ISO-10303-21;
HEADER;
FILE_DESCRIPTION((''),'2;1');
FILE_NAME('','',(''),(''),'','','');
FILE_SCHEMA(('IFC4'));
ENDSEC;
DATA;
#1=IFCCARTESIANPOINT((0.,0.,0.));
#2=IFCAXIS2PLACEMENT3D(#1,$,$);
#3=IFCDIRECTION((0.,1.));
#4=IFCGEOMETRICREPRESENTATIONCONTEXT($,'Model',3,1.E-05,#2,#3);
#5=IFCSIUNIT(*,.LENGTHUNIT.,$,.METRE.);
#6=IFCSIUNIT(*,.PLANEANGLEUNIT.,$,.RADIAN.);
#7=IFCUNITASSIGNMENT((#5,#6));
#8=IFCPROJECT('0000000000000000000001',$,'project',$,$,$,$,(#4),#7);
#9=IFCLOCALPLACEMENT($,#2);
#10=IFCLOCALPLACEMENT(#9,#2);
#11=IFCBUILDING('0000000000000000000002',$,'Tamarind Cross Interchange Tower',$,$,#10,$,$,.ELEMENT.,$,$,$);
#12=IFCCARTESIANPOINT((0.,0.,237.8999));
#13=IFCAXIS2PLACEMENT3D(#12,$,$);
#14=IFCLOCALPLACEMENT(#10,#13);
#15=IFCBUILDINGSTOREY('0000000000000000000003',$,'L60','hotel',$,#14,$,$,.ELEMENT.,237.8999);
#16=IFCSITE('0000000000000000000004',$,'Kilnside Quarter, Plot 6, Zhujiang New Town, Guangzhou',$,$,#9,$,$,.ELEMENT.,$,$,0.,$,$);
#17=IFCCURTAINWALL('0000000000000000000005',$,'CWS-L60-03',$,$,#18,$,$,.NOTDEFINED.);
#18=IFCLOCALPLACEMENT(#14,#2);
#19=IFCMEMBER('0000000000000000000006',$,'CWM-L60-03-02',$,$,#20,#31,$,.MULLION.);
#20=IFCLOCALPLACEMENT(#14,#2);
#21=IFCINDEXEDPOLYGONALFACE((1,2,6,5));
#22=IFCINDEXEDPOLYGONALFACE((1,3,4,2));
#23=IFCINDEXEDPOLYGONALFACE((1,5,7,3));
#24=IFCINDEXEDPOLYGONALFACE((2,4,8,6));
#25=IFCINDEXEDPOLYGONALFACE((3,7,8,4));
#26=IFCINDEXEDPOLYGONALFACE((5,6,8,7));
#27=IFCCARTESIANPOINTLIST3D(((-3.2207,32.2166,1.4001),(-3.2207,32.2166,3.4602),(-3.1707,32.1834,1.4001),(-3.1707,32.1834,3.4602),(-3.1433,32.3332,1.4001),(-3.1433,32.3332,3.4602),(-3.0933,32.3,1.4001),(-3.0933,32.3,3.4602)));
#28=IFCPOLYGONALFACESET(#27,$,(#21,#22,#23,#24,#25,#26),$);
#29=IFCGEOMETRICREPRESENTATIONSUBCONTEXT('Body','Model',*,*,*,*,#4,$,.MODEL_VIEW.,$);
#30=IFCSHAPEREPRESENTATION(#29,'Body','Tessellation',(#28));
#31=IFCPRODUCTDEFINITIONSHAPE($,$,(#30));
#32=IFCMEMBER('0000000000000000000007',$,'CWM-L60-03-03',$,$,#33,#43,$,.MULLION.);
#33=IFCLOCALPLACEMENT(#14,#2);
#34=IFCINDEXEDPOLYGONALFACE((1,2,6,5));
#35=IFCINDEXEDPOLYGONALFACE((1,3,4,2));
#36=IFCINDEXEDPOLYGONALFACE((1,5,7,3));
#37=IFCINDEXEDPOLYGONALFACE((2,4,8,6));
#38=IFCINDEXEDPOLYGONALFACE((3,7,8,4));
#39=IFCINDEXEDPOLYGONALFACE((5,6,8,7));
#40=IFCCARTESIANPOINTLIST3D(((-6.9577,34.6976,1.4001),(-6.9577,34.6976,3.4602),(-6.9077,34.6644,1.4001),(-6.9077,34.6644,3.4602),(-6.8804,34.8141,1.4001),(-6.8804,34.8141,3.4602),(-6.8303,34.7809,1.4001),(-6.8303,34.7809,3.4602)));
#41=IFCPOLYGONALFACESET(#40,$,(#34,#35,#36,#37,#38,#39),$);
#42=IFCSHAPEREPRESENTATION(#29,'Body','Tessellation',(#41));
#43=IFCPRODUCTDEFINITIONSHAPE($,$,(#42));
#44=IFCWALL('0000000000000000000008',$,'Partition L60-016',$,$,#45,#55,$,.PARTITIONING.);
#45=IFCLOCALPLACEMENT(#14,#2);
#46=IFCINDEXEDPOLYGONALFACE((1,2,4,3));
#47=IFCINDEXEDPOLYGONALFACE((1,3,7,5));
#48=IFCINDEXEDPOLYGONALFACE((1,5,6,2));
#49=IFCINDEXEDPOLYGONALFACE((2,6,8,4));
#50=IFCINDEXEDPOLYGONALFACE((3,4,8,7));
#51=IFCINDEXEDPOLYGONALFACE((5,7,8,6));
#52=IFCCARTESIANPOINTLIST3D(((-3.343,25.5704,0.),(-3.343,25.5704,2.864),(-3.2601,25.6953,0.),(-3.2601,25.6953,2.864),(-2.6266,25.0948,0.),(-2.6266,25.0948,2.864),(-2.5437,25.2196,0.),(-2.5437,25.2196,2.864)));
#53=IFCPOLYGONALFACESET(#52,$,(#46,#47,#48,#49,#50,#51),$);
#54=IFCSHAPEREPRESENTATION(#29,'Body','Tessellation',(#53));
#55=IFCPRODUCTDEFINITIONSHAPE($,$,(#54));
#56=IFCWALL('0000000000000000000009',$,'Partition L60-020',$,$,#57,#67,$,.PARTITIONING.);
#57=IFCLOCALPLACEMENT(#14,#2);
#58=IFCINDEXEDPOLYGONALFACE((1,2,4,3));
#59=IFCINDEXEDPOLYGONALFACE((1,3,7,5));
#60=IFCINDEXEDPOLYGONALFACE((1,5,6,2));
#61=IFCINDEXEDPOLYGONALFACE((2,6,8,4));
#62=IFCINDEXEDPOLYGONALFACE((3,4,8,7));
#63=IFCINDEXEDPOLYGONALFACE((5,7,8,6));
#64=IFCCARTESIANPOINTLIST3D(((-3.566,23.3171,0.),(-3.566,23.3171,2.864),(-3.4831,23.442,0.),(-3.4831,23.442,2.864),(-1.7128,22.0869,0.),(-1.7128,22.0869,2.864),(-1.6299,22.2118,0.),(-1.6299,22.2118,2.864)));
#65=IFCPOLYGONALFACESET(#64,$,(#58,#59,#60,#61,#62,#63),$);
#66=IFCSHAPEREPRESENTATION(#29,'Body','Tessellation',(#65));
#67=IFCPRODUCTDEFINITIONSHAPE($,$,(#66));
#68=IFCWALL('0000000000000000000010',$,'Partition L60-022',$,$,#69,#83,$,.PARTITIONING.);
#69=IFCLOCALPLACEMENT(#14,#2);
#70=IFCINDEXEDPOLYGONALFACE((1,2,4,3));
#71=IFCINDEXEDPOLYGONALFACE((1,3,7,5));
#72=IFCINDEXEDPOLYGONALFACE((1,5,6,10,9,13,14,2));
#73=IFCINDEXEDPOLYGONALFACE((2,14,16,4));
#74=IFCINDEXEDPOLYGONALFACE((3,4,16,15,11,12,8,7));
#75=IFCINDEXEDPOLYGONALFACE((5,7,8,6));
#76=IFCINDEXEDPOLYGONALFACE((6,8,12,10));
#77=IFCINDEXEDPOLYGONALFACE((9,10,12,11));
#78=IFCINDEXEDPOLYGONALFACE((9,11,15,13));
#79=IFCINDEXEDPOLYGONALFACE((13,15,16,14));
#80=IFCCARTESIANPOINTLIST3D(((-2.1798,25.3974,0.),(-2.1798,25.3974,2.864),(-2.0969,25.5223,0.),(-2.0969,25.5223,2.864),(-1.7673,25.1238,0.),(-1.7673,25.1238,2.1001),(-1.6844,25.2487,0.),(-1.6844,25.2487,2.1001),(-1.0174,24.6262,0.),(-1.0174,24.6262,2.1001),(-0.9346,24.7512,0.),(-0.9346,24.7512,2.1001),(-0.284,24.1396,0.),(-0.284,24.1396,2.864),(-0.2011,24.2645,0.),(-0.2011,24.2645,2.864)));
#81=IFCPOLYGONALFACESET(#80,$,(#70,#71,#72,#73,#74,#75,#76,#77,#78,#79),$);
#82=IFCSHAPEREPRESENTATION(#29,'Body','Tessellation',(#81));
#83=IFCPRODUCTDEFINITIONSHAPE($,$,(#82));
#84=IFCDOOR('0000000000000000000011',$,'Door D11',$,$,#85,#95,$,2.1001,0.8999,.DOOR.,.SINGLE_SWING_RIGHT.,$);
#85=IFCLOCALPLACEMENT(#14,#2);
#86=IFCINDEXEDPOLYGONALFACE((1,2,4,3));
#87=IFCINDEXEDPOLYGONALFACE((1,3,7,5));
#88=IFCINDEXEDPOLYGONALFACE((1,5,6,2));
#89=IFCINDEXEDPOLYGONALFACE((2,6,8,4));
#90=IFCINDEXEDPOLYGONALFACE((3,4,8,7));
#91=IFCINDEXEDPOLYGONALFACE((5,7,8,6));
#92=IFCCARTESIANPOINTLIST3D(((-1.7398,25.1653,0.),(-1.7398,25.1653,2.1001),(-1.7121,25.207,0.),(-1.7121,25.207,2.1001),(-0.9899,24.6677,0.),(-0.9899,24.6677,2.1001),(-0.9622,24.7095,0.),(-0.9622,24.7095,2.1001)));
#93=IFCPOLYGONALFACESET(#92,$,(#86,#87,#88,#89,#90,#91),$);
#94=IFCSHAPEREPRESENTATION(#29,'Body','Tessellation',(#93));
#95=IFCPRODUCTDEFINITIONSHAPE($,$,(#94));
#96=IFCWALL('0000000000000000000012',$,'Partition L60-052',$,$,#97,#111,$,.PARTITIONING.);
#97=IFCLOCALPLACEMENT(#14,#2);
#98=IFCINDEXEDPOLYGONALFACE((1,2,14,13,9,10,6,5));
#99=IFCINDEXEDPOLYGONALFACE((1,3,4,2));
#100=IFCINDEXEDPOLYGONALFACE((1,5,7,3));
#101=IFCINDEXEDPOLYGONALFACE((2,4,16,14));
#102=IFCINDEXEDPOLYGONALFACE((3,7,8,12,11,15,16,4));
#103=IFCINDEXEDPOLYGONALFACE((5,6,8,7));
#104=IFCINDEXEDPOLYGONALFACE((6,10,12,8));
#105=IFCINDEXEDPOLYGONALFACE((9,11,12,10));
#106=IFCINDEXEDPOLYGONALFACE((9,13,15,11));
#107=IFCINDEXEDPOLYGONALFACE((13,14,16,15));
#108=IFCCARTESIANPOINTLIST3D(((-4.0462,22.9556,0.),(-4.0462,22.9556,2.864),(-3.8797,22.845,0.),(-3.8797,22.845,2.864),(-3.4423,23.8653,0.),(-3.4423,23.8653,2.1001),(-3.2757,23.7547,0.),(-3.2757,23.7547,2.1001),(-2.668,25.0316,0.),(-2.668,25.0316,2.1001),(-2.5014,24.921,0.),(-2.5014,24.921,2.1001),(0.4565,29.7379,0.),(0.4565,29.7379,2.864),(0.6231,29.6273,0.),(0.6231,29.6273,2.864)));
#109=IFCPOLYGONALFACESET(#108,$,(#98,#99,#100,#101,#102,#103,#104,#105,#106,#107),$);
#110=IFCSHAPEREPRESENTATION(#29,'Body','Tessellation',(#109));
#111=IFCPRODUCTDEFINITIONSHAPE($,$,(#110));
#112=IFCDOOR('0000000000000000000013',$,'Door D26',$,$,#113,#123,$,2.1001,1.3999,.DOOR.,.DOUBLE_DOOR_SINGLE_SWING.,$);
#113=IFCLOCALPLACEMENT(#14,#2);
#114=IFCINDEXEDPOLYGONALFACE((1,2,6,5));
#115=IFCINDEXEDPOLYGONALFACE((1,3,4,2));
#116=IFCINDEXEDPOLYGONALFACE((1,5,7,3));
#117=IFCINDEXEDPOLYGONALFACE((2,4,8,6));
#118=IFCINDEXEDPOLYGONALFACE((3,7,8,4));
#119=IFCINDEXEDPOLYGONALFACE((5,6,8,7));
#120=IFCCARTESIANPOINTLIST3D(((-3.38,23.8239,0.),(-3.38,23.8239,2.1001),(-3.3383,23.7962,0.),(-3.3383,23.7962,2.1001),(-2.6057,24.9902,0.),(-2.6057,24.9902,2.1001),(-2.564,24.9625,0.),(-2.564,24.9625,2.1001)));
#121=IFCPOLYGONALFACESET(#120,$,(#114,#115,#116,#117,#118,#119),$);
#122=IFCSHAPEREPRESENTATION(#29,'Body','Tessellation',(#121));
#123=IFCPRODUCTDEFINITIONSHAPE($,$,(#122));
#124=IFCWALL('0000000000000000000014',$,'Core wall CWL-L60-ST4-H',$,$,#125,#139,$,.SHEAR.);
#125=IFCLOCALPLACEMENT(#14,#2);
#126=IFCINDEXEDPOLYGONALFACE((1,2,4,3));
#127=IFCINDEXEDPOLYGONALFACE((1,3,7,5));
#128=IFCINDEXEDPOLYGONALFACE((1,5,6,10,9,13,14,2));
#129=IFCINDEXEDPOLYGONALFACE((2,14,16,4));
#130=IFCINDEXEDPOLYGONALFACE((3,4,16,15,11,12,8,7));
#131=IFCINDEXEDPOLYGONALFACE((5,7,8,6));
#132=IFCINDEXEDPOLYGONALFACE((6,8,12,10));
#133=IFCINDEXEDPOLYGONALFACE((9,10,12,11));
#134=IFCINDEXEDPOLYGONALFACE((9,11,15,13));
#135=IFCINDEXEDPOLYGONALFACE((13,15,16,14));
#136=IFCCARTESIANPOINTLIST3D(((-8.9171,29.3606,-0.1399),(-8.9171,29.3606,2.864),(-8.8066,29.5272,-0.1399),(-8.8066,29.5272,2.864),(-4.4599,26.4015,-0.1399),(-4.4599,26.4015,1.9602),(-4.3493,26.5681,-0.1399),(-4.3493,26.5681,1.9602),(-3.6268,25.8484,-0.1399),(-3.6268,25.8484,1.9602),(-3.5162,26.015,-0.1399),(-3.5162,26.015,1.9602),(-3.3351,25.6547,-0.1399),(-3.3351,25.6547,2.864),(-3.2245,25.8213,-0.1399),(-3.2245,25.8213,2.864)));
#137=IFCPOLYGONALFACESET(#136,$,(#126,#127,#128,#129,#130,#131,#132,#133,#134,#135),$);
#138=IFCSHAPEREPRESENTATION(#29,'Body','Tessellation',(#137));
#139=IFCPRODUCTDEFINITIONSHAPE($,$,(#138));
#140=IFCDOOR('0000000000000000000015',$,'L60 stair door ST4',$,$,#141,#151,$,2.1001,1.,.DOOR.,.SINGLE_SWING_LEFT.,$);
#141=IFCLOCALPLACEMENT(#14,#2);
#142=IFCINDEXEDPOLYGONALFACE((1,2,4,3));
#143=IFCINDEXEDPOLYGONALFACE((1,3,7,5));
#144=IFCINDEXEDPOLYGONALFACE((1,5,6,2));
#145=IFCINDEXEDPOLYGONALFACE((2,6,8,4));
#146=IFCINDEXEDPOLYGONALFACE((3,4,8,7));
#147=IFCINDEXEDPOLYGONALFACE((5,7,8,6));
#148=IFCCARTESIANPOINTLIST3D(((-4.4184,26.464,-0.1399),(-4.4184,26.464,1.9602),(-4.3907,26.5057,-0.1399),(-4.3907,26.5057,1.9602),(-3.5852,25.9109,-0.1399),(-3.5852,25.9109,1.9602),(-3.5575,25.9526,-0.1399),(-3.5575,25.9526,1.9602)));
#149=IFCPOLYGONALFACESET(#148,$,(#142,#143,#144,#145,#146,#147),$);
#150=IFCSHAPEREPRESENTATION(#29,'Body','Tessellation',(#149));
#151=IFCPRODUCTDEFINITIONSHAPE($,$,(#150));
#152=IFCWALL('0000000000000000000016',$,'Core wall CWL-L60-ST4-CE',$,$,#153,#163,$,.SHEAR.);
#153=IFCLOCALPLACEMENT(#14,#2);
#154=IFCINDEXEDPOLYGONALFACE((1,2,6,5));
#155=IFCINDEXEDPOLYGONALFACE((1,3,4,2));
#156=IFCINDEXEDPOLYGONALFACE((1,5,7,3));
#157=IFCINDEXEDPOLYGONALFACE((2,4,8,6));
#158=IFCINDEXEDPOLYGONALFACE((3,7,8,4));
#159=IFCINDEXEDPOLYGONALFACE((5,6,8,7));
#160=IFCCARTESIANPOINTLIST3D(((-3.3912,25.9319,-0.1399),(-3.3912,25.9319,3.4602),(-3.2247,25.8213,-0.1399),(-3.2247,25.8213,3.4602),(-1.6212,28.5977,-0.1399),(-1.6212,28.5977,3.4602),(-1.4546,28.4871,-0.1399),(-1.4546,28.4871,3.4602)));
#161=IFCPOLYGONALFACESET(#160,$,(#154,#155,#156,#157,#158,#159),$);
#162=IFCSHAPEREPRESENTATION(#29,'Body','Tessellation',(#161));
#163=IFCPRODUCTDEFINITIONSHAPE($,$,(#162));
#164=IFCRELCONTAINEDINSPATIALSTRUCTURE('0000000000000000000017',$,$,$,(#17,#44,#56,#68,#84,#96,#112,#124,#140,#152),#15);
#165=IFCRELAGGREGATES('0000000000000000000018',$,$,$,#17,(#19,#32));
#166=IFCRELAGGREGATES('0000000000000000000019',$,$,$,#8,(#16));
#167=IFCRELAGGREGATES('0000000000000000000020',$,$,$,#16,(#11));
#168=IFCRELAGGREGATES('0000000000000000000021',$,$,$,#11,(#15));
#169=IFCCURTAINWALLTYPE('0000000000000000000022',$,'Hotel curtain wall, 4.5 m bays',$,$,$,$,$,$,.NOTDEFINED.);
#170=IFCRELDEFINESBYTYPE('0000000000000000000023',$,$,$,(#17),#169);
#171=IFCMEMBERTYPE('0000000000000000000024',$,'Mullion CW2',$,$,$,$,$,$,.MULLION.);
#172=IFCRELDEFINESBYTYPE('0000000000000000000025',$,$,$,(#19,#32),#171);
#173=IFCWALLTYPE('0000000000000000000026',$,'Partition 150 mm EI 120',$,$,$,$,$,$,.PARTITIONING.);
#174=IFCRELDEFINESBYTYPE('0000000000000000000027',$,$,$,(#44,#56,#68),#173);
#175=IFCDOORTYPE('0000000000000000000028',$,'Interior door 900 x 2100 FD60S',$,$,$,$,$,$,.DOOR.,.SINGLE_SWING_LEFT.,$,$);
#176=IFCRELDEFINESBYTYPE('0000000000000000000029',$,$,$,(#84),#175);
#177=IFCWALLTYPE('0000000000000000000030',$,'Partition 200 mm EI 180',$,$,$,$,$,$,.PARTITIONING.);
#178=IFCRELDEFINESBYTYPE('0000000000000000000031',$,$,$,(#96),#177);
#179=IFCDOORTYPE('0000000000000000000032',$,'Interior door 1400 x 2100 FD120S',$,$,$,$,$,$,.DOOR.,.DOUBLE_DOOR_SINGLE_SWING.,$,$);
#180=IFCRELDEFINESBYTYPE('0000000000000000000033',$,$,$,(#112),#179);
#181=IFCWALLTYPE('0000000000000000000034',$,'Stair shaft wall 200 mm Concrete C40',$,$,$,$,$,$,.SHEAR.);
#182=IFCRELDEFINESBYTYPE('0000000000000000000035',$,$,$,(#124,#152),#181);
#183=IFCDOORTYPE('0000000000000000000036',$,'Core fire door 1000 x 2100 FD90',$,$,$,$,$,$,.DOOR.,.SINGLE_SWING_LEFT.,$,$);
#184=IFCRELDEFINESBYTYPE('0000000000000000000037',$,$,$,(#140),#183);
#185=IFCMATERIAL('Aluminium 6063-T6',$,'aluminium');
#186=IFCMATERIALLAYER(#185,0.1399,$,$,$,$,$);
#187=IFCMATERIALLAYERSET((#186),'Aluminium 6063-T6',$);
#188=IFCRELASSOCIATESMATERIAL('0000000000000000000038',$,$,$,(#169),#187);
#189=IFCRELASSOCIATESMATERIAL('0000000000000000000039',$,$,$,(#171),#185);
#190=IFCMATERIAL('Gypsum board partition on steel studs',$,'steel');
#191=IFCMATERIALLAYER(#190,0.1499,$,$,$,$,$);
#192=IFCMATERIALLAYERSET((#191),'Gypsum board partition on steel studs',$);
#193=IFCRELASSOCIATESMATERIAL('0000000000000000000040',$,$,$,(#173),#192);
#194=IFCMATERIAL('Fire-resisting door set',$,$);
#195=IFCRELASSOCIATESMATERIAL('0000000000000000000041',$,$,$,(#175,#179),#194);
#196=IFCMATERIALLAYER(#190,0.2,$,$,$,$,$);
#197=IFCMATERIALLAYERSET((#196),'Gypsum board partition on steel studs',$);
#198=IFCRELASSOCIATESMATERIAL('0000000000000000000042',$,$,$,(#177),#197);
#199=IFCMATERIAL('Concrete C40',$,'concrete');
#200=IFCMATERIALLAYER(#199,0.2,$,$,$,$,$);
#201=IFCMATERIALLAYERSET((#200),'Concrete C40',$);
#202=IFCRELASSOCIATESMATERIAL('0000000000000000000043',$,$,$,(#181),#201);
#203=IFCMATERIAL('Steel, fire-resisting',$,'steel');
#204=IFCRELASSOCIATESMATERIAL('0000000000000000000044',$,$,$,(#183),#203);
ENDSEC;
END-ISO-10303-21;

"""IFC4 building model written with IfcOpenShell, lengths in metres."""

from ifc_helpers import new_model, si_unit, direction, frame, frame_2d, origin, origin_2d, place, context, subcontext, project, spatial, rectangle, extrude, material, layer, layer_set, material_profile, profile_set, type_object, element, fill, aggregate, save


model = new_model("IFC4")

# Units and contexts
model_context = context("Model", 3, precision=1e-05, world=origin(), true_north=direction((0.0, 1.0)))
body_context = subcontext(model_context, "Body", "Model", "MODEL_VIEW")
ifc_project = project(units=[si_unit("LENGTHUNIT", "METRE"), si_unit("PLANEANGLEUNIT", "RADIAN")], contexts=[model_context])

# Site, building, storey
site_placement = place(None, origin())
site = spatial("IfcSite", under=ifc_project, at=site_placement, Name="Kilnside Quarter, Plot 6, Zhujiang New Town, Guangzhou", CompositionType="ELEMENT", RefElevation=0.0)
building_placement = place(site_placement, origin())
building = spatial("IfcBuilding", under=site, at=building_placement, Name="Tamarind Cross Interchange Tower", CompositionType="ELEMENT")
storey_placement = place(building_placement, frame((0.0, 0.0, 237.8999)))
storey = spatial("IfcBuildingStorey", under=building, at=storey_placement, Name="L60", Description="hotel", CompositionType="ELEMENT", Elevation=237.8999)

# Curtain wall, members
ifc_material_1 = material(Name="Aluminium 6063-T6", Category="aluminium")
ifc_layer_1 = layer(ifc_material_1, 0.1399)
ifc_layer_set_1 = layer_set([ifc_layer_1], Name="Aluminium 6063-T6")
curtain_wall_type = type_object("IfcCurtainWallType", Name="Hotel curtain wall, 4.5 m bays", PredefinedType="NOTDEFINED", material=ifc_layer_set_1)
curtain_wall_placement = place(storey_placement, origin())
curtain_wall = element("IfcCurtainWall", 1, at=curtain_wall_placement, inside=storey, type_object=curtain_wall_type, Name="CWS-L60-03", PredefinedType="NOTDEFINED")
ifc_material_profile_1 = material_profile(ifc_material_1, rectangle(XDim=0.0601, YDim=0.1399, at=origin_2d()), Name="Mullion CW2")
ifc_profile_set_1 = profile_set([ifc_material_profile_1], Name="Aluminium 6063-T6")
member_type = type_object("IfcMemberType", Name="Mullion CW2", PredefinedType="MULLION", material=ifc_profile_set_1)
member_1_placement = place(storey_placement, frame((-3.157, 32.2583, 1.4001), z_axis=(0.0, 0.0, 1.0), x_axis=(-0.833107, 0.553112, 0.0)))
member_1 = element("IfcMember", 2, at=member_1_placement, type_object=member_type, Name="CWM-L60-03-02", PredefinedType="MULLION", context=body_context, shape_type="SweptSolid", body=[
    extrude(rectangle(XDim=0.0601, YDim=0.1399, at=origin_2d()), origin(), (0.0, 0.0, 1.0), 2.0601),
])
member_2_placement = place(storey_placement, frame((-6.894, 34.7393, 1.4001), z_axis=(0.0, 0.0, 1.0), x_axis=(-0.833107, 0.553112, 0.0)))
member_2 = element("IfcMember", 3, at=member_2_placement, type_object=member_type, Name="CWM-L60-03-03", PredefinedType="MULLION", context=body_context, shape_type="SweptSolid", body=[
    extrude(rectangle(XDim=0.0601, YDim=0.1399, at=origin_2d()), origin(), (0.0, 0.0, 1.0), 2.0601),
])
aggregate(curtain_wall, [member_1, member_2])

# Walls
ifc_material_2 = material(Name="Gypsum board partition on steel studs", Category="steel")
ifc_layer_2 = layer(ifc_material_2, 0.1499)
ifc_layer_set_2 = layer_set([ifc_layer_2], Name="Gypsum board partition on steel studs")
wall_type_1 = type_object("IfcWallType", Name="Partition 150 mm EI 120", PredefinedType="PARTITIONING", material=ifc_layer_set_2)
wall_1_placement = place(storey_placement, frame((-3.3015, 25.6328, 0.0), z_axis=(0.0, 0.0, 1.0), x_axis=(0.833097, -0.553127, 0.0)))
element("IfcWall", 4, at=wall_1_placement, inside=storey, type_object=wall_type_1, Name="Partition L60-016", PredefinedType="PARTITIONING", context=body_context, shape_type="SweptSolid", body=[
    extrude(rectangle(XDim=0.8599, YDim=0.1499, at=frame_2d((0.4299, 0.0))), origin(), (0.0, 0.0, 1.0), 2.864),
])
wall_2_placement = place(storey_placement, frame((-3.5247, 23.3796, 0.0), z_axis=(0.0, 0.0, 1.0), x_axis=(0.833146, -0.553053, 0.0)))
element("IfcWall", 5, at=wall_2_placement, inside=storey, type_object=wall_type_1, Name="Partition L60-020", PredefinedType="PARTITIONING", context=body_context, shape_type="SweptSolid", body=[
    extrude(rectangle(XDim=2.2244, YDim=0.1499, at=frame_2d((1.1123, 0.0))), origin(), (0.0, 0.0, 1.0), 2.864),
])

# Walls, openings, doors
wall_3_placement = place(storey_placement, frame((-2.1384, 25.46, 0.0), z_axis=(0.0, 0.0, 1.0), x_axis=(0.83327, -0.552866, 0.0)))
wall_3 = element("IfcWall", 6, at=wall_3_placement, inside=storey, type_object=wall_type_1, Name="Partition L60-022", PredefinedType="PARTITIONING", context=body_context, shape_type="SweptSolid", body=[
    extrude(rectangle(XDim=2.2751, YDim=0.1499, at=frame_2d((1.1377, 0.0))), origin(), (0.0, 0.0, 1.0), 2.864),
])
opening_1_placement = place(wall_3_placement, frame((0.4951, 0.0, 0.0)))
opening_1 = element("IfcOpeningElement", 7, at=opening_1_placement, cuts=wall_3, PredefinedType="OPENING", context=body_context, shape_type="SweptSolid", body=[
    extrude(rectangle(XDim=0.8999, YDim=2.1001, at=frame_2d((0.45, 1.05))), frame((0.0, 0.085, 0.0), z_axis=(0.0, -1.0, 0.0), x_axis=(1.0, 0.0, 0.0)), (0.0, 0.0, 1.0), 0.1699),
])
ifc_material_3 = material(Name="Fire-resisting door set")
door_type_1 = type_object("IfcDoorType", Name="Interior door 900 x 2100 FD60S", OperationType="SINGLE_SWING_LEFT", PredefinedType="DOOR", material=ifc_material_3)
door_1_placement = place(opening_1_placement, origin())
door_1 = element("IfcDoor", 8, at=door_1_placement, inside=storey, type_object=door_type_1, Name="Door D11", OperationType="SINGLE_SWING_RIGHT", OverallHeight=2.1001, OverallWidth=0.8999, PredefinedType="DOOR", context=body_context, shape_type="SweptSolid", body=[
    extrude(rectangle(XDim=0.8999, YDim=2.1001, at=frame_2d((0.45, 1.05))), frame((0.0, 0.0249, 0.0), z_axis=(0.0, -1.0, 0.0), x_axis=(1.0, 0.0, 0.0)), (0.0, 0.0, 1.0), 0.05),
])
fill(opening_1, door_1)
ifc_layer_3 = layer(ifc_material_2, 0.2)
ifc_layer_set_3 = layer_set([ifc_layer_3], Name="Gypsum board partition on steel studs")
wall_type_2 = type_object("IfcWallType", Name="Partition 200 mm EI 180", PredefinedType="PARTITIONING", material=ifc_layer_set_3)
wall_4_placement = place(storey_placement, frame((-3.9629, 22.9004, 0.0), z_axis=(0.0, 0.0, 1.0), x_axis=(0.5531, 0.833115, 0.0)))
wall_4 = element("IfcWall", 9, at=wall_4_placement, inside=storey, type_object=wall_type_2, Name="Partition L60-052", PredefinedType="PARTITIONING", context=body_context, shape_type="SweptSolid", body=[
    extrude(rectangle(XDim=8.1409, YDim=0.2, at=frame_2d((4.0703, 0.0))), origin(), (0.0, 0.0, 1.0), 2.864),
])
opening_2_placement = place(wall_4_placement, frame((1.0918, 0.0, 0.0)))
opening_2 = element("IfcOpeningElement", 10, at=opening_2_placement, cuts=wall_4, PredefinedType="OPENING", context=body_context, shape_type="SweptSolid", body=[
    extrude(rectangle(XDim=1.3999, YDim=2.1001, at=frame_2d((0.7, 1.05))), frame((0.0, 0.1099, 0.0), z_axis=(0.0, -1.0, 0.0), x_axis=(1.0, 0.0, 0.0)), (0.0, 0.0, 1.0), 0.22),
])
door_type_2 = type_object("IfcDoorType", Name="Interior door 1400 x 2100 FD120S", OperationType="DOUBLE_DOOR_SINGLE_SWING", PredefinedType="DOOR", material=ifc_material_3)
door_2_placement = place(opening_2_placement, frame((1.3999, 0.0, 0.0), z_axis=(0.0, 0.0, 1.0), x_axis=(-1.0, 0.0, 0.0)))
door_2 = element("IfcDoor", 11, at=door_2_placement, inside=storey, type_object=door_type_2, Name="Door D26", OperationType="DOUBLE_DOOR_SINGLE_SWING", OverallHeight=2.1001, OverallWidth=1.3999, PredefinedType="DOOR", context=body_context, shape_type="SweptSolid", body=[
    extrude(rectangle(XDim=1.3999, YDim=2.1001, at=frame_2d((0.7, 1.05))), frame((0.0, 0.0249, 0.0), z_axis=(0.0, -1.0, 0.0), x_axis=(1.0, 0.0, 0.0)), (0.0, 0.0, 1.0), 0.05),
])
fill(opening_2, door_2)
ifc_material_4 = material(Name="Concrete C40", Category="concrete")
ifc_layer_4 = layer(ifc_material_4, 0.2)
ifc_layer_set_4 = layer_set([ifc_layer_4], Name="Concrete C40")
wall_type_3 = type_object("IfcWallType", Name="Stair shaft wall 200 mm Concrete C40", PredefinedType="SHEAR", material=ifc_layer_set_4)
wall_5_placement = place(storey_placement, frame((-3.2798, 25.738, -0.1399), z_axis=(0.0, 0.0, 1.0), x_axis=(-0.833119, 0.553093, 0.0)))
wall_5 = element("IfcWall", 12, at=wall_5_placement, inside=storey, type_object=wall_type_3, Name="Core wall CWL-L60-ST4-H", PredefinedType="SHEAR", context=body_context, shape_type="SweptSolid", body=[
    extrude(rectangle(XDim=6.7002, YDim=0.2, at=frame_2d((3.3501, 0.0))), origin(), (0.0, 0.0, 1.0), 3.0039),
])
opening_3_placement = place(wall_5_placement, frame((0.3501, 0.0, 0.0)))
opening_3 = element("IfcOpeningElement", 13, at=opening_3_placement, cuts=wall_5, PredefinedType="OPENING", context=body_context, shape_type="SweptSolid", body=[
    extrude(rectangle(XDim=1.0, YDim=2.1001, at=frame_2d((0.5, 1.05))), frame((0.0, 0.1099, 0.0), z_axis=(0.0, -1.0, 0.0), x_axis=(1.0, 0.0, 0.0)), (0.0, 0.0, 1.0), 0.22),
])
ifc_material_5 = material(Name="Steel, fire-resisting", Category="steel")
door_type_3 = type_object("IfcDoorType", Name="Core fire door 1000 x 2100 FD90", OperationType="SINGLE_SWING_LEFT", PredefinedType="DOOR", material=ifc_material_5)
door_3_placement = place(opening_3_placement, origin())
door_3 = element("IfcDoor", 14, at=door_3_placement, inside=storey, type_object=door_type_3, Name="L60 stair door ST4", OperationType="SINGLE_SWING_LEFT", OverallHeight=2.1001, OverallWidth=1.0, PredefinedType="DOOR", context=body_context, shape_type="SweptSolid", body=[
    extrude(rectangle(XDim=1.0, YDim=2.1001, at=frame_2d((0.5, 1.05))), frame((0.0, 0.0249, 0.0), z_axis=(0.0, -1.0, 0.0), x_axis=(1.0, 0.0, 0.0)), (0.0, 0.0, 1.0), 0.05),
])
fill(opening_3, door_3)

# Wall
wall_6_placement = place(storey_placement, frame((-1.5378, 28.5425, -0.1399), z_axis=(0.0, 0.0, 1.0), x_axis=(-0.55315, -0.833082, 0.0)))
element("IfcWall", 15, at=wall_6_placement, inside=storey, type_object=wall_type_3, Name="Core wall CWL-L60-ST4-CE", PredefinedType="SHEAR", context=body_context, shape_type="SweptSolid", body=[
    extrude(rectangle(XDim=3.2, YDim=0.2, at=frame_2d((1.6001, 0.0))), origin(), (0.0, 0.0, 1.0), 3.6001),
])

save(model, "model.ifc")
